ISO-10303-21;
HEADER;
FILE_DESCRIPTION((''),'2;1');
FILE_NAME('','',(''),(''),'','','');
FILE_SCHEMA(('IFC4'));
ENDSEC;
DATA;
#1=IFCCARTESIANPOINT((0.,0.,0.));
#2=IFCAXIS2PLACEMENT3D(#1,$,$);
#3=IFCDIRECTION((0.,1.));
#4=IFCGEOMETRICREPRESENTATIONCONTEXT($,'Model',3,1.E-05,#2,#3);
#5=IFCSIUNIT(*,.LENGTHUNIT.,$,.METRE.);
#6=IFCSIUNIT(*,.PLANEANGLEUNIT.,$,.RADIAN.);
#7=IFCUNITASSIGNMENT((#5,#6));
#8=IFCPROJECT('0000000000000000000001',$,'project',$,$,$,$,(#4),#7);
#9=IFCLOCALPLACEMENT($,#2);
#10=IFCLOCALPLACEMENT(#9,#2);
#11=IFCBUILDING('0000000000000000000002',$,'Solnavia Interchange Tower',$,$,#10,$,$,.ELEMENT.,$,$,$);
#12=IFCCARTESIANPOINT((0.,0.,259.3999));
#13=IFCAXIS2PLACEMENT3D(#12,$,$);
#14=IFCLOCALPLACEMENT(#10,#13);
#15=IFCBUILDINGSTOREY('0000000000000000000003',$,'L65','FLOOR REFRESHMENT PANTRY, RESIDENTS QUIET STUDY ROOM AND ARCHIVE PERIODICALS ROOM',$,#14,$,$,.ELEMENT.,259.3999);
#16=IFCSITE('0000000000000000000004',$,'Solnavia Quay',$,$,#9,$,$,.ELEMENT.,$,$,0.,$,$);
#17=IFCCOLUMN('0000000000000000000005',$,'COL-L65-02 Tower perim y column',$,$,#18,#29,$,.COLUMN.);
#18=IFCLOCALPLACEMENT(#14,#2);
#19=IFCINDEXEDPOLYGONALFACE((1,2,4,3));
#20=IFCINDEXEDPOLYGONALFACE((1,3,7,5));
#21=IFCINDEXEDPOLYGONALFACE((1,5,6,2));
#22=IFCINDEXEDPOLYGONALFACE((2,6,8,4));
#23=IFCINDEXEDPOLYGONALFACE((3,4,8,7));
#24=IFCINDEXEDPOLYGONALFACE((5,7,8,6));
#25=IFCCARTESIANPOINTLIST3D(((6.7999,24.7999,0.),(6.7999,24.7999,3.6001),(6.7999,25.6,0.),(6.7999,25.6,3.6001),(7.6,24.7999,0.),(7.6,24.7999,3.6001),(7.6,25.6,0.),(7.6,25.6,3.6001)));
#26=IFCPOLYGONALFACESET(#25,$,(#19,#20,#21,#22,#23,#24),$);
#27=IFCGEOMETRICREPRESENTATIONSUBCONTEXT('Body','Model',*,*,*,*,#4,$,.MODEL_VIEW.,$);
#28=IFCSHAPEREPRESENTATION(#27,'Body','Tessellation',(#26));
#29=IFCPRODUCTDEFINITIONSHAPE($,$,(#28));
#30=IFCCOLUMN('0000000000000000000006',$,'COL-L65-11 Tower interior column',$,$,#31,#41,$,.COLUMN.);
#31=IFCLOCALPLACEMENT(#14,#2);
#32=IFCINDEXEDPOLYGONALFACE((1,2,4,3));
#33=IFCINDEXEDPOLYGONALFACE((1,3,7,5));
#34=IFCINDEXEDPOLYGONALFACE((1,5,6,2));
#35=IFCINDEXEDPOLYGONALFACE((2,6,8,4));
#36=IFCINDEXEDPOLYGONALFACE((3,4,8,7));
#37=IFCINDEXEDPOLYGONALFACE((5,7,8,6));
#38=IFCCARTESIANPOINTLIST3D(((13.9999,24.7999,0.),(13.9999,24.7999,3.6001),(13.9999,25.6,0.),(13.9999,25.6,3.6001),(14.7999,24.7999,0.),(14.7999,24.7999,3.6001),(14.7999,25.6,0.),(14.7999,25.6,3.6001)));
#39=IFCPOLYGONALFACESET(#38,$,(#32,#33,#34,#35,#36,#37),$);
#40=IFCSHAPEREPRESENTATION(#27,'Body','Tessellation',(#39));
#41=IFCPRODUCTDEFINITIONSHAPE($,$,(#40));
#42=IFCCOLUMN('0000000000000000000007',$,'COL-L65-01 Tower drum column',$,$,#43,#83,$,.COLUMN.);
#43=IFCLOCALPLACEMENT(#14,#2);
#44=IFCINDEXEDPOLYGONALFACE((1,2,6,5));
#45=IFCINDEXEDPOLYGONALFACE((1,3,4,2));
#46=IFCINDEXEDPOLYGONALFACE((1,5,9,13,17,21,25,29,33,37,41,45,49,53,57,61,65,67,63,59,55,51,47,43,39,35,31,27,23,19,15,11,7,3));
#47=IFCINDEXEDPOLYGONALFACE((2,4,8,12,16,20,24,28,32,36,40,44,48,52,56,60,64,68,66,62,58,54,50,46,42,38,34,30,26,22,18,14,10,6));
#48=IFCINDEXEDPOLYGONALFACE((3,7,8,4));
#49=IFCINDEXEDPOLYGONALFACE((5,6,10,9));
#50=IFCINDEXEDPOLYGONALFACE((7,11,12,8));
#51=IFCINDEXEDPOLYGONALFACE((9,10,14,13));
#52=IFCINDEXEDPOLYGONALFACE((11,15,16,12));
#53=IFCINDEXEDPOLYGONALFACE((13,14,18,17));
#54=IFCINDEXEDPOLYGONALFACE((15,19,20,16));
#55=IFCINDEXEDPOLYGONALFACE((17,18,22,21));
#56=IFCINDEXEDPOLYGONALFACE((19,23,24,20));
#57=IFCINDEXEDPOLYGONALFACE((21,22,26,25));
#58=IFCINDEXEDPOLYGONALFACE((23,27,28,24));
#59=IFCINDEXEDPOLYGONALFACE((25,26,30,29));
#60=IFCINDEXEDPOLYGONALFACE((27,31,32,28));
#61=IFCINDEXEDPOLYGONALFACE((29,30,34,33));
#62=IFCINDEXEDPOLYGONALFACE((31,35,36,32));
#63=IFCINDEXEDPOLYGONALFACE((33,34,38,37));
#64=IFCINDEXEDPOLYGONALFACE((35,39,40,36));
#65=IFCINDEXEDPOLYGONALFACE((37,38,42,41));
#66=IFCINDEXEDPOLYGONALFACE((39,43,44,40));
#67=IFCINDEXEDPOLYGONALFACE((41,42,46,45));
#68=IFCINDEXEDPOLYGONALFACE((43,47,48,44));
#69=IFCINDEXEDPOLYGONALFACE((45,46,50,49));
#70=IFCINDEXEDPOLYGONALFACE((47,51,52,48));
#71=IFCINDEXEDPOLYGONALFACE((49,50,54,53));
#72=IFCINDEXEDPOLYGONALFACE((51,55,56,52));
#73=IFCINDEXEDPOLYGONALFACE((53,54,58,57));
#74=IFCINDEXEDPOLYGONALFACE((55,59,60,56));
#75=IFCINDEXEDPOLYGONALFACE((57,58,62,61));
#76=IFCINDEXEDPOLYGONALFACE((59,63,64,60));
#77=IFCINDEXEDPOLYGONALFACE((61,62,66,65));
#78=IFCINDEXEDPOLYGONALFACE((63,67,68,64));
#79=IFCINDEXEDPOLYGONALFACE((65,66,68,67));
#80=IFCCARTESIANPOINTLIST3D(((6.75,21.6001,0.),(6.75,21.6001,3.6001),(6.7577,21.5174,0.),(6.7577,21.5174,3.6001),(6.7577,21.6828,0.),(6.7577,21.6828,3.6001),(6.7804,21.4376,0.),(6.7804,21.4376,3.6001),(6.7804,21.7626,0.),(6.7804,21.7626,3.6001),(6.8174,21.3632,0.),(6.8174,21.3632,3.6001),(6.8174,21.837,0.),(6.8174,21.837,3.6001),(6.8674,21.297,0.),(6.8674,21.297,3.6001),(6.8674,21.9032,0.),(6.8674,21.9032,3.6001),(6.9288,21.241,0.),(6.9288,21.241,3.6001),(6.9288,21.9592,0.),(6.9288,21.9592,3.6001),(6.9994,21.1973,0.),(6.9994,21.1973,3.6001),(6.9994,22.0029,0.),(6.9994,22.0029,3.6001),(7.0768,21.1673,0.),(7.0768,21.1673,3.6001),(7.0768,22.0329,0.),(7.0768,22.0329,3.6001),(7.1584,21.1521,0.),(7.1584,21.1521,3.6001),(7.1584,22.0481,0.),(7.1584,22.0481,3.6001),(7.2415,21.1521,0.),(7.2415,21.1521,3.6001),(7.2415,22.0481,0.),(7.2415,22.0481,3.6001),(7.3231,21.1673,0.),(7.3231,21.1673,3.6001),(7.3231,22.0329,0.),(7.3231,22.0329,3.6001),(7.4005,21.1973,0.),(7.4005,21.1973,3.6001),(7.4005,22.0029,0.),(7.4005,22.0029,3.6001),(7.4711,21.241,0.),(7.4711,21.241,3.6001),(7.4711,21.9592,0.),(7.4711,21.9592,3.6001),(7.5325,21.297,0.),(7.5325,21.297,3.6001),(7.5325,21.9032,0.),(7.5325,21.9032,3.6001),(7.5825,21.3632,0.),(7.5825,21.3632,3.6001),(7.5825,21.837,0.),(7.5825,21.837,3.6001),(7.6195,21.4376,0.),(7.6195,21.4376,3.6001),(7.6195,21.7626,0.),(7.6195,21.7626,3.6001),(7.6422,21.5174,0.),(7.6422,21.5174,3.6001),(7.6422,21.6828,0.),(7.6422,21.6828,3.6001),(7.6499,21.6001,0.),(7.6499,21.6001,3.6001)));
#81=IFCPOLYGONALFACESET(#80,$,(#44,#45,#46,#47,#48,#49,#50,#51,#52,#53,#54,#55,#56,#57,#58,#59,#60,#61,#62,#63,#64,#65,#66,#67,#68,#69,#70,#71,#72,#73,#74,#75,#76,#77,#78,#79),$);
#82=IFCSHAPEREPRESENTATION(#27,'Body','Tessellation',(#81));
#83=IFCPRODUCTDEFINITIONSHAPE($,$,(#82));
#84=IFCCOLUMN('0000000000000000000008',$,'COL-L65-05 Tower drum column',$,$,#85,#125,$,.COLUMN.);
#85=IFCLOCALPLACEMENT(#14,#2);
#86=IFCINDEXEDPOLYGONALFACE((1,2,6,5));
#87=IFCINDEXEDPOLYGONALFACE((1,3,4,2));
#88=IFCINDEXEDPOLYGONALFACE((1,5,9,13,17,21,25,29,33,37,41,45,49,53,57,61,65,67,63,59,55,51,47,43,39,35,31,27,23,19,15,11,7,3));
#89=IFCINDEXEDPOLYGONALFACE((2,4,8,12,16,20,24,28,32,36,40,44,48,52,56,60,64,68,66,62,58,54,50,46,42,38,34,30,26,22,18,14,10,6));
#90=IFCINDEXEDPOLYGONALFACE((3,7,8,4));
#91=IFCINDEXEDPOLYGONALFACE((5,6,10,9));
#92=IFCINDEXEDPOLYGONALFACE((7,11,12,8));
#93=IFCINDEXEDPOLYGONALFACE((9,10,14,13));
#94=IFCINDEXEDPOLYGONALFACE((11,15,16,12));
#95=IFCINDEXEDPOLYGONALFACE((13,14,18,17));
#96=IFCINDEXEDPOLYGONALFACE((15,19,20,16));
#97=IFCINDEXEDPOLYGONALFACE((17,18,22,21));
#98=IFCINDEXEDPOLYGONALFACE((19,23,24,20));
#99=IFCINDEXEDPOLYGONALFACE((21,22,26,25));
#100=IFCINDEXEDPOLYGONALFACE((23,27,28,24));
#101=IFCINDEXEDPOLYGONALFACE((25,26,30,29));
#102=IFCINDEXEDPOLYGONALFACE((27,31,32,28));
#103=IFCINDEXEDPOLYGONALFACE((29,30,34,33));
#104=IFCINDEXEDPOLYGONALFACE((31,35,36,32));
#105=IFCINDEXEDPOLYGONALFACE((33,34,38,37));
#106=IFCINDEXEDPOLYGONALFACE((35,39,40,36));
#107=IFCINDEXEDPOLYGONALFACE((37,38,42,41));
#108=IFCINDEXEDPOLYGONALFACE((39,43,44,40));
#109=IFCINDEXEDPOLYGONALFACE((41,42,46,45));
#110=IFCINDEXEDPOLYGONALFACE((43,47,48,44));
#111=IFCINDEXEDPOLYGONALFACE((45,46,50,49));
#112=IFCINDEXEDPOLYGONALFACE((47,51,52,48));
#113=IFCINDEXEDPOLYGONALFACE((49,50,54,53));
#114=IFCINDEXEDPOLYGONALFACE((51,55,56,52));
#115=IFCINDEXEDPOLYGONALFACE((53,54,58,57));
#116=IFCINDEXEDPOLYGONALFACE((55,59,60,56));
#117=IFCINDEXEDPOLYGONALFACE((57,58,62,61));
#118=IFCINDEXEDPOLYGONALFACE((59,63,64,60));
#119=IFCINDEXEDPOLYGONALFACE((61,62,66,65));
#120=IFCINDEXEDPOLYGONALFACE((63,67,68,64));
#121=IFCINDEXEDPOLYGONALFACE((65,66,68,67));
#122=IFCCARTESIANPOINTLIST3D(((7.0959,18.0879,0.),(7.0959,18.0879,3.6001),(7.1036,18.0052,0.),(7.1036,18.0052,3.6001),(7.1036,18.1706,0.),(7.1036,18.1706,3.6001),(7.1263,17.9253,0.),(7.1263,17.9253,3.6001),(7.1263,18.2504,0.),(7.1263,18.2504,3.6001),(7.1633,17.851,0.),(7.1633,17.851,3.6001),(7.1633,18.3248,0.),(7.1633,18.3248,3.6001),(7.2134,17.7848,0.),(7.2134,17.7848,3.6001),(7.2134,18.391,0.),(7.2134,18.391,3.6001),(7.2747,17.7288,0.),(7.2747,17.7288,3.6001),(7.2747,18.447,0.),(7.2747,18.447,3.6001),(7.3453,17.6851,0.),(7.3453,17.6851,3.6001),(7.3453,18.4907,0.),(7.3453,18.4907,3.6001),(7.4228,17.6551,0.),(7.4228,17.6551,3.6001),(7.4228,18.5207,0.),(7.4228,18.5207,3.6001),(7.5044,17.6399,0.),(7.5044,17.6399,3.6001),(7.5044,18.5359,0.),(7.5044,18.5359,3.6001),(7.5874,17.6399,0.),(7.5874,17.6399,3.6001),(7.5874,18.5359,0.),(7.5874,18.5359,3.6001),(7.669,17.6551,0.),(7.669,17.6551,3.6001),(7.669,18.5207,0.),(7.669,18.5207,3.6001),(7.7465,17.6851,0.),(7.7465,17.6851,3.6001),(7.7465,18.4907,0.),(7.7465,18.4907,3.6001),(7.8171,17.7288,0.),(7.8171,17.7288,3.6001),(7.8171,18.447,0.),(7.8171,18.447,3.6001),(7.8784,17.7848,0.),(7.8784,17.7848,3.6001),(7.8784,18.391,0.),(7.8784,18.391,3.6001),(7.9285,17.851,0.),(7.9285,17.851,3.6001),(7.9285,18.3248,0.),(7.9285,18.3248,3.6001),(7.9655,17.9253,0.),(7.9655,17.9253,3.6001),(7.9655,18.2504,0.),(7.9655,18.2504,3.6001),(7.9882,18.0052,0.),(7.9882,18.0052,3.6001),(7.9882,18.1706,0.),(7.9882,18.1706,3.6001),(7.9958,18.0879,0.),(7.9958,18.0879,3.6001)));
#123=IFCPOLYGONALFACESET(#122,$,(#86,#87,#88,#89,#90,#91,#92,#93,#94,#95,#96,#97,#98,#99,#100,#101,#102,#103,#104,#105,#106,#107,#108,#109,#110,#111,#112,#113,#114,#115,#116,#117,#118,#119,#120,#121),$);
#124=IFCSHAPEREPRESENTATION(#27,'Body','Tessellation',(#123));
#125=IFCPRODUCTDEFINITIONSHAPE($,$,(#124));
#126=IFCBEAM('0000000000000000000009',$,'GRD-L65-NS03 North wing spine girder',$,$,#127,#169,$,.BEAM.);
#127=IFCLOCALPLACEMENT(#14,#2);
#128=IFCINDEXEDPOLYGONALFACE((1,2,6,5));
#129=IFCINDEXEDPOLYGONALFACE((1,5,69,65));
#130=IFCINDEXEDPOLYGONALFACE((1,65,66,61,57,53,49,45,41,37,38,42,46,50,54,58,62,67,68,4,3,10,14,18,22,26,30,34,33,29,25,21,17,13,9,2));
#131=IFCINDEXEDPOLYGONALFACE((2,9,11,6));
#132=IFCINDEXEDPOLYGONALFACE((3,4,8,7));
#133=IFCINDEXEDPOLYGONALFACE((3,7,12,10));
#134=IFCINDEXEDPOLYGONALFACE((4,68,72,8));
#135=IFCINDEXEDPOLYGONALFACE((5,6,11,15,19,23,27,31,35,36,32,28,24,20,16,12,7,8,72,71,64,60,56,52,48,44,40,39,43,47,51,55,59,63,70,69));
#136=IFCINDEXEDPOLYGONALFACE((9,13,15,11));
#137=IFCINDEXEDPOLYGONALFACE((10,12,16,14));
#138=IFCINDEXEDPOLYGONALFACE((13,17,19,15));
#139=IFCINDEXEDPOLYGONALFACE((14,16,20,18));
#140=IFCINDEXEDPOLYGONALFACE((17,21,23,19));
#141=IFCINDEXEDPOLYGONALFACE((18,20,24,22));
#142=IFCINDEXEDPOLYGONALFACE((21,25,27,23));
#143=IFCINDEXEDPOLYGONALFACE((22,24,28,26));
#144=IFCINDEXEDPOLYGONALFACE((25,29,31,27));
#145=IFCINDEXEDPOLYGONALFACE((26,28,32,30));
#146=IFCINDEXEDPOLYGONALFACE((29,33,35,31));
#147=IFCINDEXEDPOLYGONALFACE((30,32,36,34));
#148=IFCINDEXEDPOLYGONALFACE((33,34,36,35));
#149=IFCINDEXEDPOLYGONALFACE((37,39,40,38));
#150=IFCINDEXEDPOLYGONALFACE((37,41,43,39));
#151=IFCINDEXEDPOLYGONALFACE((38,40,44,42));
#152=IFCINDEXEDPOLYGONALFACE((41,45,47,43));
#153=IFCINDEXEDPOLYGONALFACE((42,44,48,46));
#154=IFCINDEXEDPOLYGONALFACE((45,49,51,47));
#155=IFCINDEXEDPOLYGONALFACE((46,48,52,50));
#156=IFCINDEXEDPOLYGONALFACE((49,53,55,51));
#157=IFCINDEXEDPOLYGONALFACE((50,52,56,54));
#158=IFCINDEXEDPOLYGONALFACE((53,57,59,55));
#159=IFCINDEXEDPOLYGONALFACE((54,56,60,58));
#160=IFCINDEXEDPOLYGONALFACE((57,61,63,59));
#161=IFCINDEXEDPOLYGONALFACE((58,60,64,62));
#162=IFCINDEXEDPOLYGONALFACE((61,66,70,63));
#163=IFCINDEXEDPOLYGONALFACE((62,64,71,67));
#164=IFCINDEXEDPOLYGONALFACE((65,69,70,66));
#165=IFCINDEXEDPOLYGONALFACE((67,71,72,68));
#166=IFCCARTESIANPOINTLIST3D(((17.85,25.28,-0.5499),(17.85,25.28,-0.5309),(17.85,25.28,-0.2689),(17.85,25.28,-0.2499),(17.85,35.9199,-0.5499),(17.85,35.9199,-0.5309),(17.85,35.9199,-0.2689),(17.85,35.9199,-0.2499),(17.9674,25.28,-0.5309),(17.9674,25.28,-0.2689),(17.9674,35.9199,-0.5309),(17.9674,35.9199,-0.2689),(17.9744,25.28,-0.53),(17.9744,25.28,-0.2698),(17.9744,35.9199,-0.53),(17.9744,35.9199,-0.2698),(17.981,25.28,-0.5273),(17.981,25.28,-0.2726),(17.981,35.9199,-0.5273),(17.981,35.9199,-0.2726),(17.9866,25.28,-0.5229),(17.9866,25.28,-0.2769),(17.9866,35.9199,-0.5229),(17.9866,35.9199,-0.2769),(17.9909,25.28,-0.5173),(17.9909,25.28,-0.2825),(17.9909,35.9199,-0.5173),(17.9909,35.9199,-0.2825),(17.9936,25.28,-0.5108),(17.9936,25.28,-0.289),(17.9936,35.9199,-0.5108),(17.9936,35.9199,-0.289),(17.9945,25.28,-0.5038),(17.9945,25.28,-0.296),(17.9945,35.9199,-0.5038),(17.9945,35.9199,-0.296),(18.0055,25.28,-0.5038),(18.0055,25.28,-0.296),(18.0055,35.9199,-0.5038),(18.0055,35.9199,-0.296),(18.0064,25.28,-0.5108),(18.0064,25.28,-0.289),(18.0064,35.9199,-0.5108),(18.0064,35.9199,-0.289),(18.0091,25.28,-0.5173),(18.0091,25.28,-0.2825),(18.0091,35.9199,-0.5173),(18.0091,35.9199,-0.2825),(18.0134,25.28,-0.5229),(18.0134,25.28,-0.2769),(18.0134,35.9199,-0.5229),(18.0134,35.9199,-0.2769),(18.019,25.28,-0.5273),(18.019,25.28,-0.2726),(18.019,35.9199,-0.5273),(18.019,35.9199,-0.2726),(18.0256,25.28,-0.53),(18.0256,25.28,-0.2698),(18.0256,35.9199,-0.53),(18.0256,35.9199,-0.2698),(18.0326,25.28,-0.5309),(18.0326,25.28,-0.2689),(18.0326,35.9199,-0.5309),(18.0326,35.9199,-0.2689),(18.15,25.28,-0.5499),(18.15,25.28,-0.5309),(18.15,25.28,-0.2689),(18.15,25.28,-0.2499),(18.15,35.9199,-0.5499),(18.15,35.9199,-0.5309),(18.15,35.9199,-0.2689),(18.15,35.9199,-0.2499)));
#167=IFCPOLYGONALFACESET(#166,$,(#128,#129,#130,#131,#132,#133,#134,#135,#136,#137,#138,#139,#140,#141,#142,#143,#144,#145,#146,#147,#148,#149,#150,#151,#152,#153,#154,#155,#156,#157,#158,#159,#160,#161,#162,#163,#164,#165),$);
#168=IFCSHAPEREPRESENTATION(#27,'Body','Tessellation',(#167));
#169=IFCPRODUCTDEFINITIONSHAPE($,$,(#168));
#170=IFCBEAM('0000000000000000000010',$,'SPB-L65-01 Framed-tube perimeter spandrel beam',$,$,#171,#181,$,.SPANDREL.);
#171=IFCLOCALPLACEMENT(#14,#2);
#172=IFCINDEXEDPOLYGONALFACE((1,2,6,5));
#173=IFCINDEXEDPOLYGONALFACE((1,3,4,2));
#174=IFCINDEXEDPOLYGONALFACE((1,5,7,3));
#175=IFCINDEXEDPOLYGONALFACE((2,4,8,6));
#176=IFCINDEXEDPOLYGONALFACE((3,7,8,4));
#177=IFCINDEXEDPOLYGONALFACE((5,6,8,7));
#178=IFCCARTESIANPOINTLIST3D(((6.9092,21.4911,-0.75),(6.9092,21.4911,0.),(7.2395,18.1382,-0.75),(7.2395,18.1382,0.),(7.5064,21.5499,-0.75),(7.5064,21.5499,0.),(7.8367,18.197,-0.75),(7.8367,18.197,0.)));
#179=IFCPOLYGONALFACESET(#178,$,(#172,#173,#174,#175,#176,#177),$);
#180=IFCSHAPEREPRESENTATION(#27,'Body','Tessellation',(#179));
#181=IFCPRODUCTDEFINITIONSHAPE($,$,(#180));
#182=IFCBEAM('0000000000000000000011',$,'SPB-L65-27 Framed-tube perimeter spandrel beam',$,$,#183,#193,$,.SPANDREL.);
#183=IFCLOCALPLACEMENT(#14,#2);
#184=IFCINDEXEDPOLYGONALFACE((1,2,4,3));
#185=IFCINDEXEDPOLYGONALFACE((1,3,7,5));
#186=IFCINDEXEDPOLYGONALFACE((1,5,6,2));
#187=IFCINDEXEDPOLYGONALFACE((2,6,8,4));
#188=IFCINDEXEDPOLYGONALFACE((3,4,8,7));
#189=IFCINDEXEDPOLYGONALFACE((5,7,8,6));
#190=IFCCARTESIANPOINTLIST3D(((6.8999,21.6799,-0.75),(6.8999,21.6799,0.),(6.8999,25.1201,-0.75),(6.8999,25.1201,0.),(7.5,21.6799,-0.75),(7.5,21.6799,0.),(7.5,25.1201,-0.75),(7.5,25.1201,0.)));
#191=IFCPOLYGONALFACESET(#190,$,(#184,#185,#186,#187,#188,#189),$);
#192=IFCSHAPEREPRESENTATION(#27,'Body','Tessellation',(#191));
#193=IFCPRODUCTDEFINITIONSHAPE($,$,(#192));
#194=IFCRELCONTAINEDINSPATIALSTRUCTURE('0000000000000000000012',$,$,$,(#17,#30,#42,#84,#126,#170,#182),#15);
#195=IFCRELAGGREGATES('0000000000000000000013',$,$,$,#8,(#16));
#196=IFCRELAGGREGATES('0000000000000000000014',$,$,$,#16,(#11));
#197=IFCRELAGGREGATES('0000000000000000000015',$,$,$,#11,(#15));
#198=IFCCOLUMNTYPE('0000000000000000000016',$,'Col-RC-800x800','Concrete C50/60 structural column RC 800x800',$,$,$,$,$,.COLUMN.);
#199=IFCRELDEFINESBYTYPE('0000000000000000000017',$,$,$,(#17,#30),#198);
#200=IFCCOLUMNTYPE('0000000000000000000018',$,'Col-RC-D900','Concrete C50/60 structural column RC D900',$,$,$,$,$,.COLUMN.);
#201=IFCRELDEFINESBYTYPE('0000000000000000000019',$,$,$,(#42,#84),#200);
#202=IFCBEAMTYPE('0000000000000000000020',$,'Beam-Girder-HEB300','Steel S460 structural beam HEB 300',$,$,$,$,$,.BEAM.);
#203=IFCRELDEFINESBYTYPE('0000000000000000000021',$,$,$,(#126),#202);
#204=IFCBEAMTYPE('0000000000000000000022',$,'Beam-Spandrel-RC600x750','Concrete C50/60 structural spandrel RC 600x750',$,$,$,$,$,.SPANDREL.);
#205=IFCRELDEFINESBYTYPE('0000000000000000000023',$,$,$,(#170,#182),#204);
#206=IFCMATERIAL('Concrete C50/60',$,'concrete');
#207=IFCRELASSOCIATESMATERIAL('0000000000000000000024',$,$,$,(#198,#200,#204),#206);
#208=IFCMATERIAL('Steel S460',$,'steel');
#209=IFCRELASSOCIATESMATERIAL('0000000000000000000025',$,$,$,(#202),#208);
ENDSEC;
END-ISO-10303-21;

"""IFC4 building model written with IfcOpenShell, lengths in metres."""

from ifc_helpers import new_model, si_unit, direction, frame, origin, origin_2d, place, context, subcontext, project, spatial, rectangle, circle, i_section, extrude, material, material_profile, profile_set, type_object, element, save


model = new_model("IFC4")

# Units and contexts
model_context = context("Model", 3, precision=1e-05, world=origin(), true_north=direction((0.0, 1.0)))
body_context = subcontext(model_context, "Body", "Model", "MODEL_VIEW")
ifc_project = project(units=[si_unit("LENGTHUNIT", "METRE"), si_unit("PLANEANGLEUNIT", "RADIAN")], contexts=[model_context])

# Site, building, storey
site_placement = place(None, origin())
site = spatial("IfcSite", under=ifc_project, at=site_placement, Name="Solnavia Quay", CompositionType="ELEMENT", RefElevation=0.0)
building_placement = place(site_placement, origin())
building = spatial("IfcBuilding", under=site, at=building_placement, Name="Solnavia Interchange Tower", CompositionType="ELEMENT")
storey_placement = place(building_placement, frame((0.0, 0.0, 259.3999)))
storey = spatial("IfcBuildingStorey", under=building, at=storey_placement, Name="L65", Description="FLOOR REFRESHMENT PANTRY, RESIDENTS QUIET STUDY ROOM AND ARCHIVE PERIODICALS ROOM", CompositionType="ELEMENT", Elevation=259.3999)

# Columns
ifc_material_1 = material(Name="Concrete C50/60", Category="concrete")
ifc_material_profile_1 = material_profile(ifc_material_1, rectangle(XDim=0.8, YDim=0.8, at=origin_2d()), Name="RC 800x800")
ifc_profile_set_1 = profile_set([ifc_material_profile_1], Name="Concrete C50/60")
column_type_1 = type_object("IfcColumnType", Name="Col-RC-800x800", Description="Concrete C50/60 structural column RC 800x800", PredefinedType="COLUMN", material=ifc_profile_set_1)
for number, where, z_axis, x_axis, name in (
    (1, (7.2, 25.2, 0.0), (0.0, 0.0, 1.0), (0.0, 1.0, 0.0), "COL-L65-02 Tower perim y column"),
    (2, (14.3999, 25.2, 0.0), (0.0, 0.0, 1.0), (1.0, 0.0, 0.0), "COL-L65-11 Tower interior column"),
):
    element("IfcColumn", number, at=place(storey_placement, frame(where, z_axis=z_axis, x_axis=x_axis)), inside=storey, type_object=column_type_1, Name=name, PredefinedType="COLUMN", context=body_context, shape_type="SweptSolid", body=[
        extrude(rectangle(XDim=0.8, YDim=0.8, at=origin_2d()), origin(), (0.0, 0.0, 1.0), 3.6001),
    ])
ifc_material_profile_2 = material_profile(ifc_material_1, circle(Radius=0.45, at=origin_2d()), Name="RC D900")
ifc_profile_set_2 = profile_set([ifc_material_profile_2], Name="Concrete C50/60")
column_type_2 = type_object("IfcColumnType", Name="Col-RC-D900", Description="Concrete C50/60 structural column RC D900", PredefinedType="COLUMN", material=ifc_profile_set_2)
for number, where, z_axis, x_axis, name in (
    (3, (7.2, 21.6001, 0.0), (0.0, 0.0, 1.0), (1.0, 0.0, 0.0), "COL-L65-01 Tower drum column"),
    (4, (7.5459, 18.0879, 0.0), (0.0, 0.0, 1.0), (1.0, 0.0, 0.0), "COL-L65-05 Tower drum column"),
):
    element("IfcColumn", number, at=place(storey_placement, frame(where, z_axis=z_axis, x_axis=x_axis)), inside=storey, type_object=column_type_2, Name=name, PredefinedType="COLUMN", context=body_context, shape_type="SweptSolid", body=[
        extrude(circle(Radius=0.45, at=origin_2d()), origin(), (0.0, 0.0, 1.0), 3.6001),
    ])

# Beams
ifc_material_2 = material(Name="Steel S460", Category="steel")
ifc_material_profile_3 = material_profile(ifc_material_2, i_section(OverallWidth=0.3, OverallDepth=0.3, WebThickness=0.011, FlangeThickness=0.019, FilletRadius=0.0271, at=origin_2d()), Name="HEB 300")
ifc_profile_set_3 = profile_set([ifc_material_profile_3], Name="Steel S460")
beam_type_1 = type_object("IfcBeamType", Name="Beam-Girder-HEB300", Description="Steel S460 structural beam HEB 300", PredefinedType="BEAM", material=ifc_profile_set_3)
beam_1_placement = place(storey_placement, frame((18.0, 25.28, -0.3999), z_axis=(0.0, 1.0, 0.0), x_axis=(-1.0, 0.0, 0.0)))
element("IfcBeam", 5, at=beam_1_placement, inside=storey, type_object=beam_type_1, Name="GRD-L65-NS03 North wing spine girder", PredefinedType="BEAM", context=body_context, shape_type="SweptSolid", body=[
    extrude(i_section(OverallWidth=0.3, OverallDepth=0.3, WebThickness=0.011, FlangeThickness=0.019, FilletRadius=0.0271, at=origin_2d()), origin(), (0.0, 0.0, 1.0), 10.6399),
])
ifc_material_profile_4 = material_profile(ifc_material_1, rectangle(XDim=0.6001, YDim=0.75, at=origin_2d()), Name="RC 600x750")
ifc_profile_set_4 = profile_set([ifc_material_profile_4], Name="Concrete C50/60")
beam_type_2 = type_object("IfcBeamType", Name="Beam-Spandrel-RC600x750", Description="Concrete C50/60 structural spandrel RC 600x750", PredefinedType="SPANDREL", material=ifc_profile_set_4)
beam_2_placement = place(storey_placement, frame((7.2078, 21.5205, -0.375), z_axis=(0.09804, -0.995182, 0.0), x_axis=(0.995182, 0.09804, 0.0)))
element("IfcBeam", 6, at=beam_2_placement, inside=storey, type_object=beam_type_2, Name="SPB-L65-01 Framed-tube perimeter spandrel beam", PredefinedType="SPANDREL", context=body_context, shape_type="SweptSolid", body=[
    extrude(rectangle(XDim=0.6001, YDim=0.75, at=origin_2d()), origin(), (0.0, 0.0, 1.0), 3.3691),
])
beam_3_placement = place(storey_placement, frame((7.2, 25.1201, -0.375), z_axis=(0.0, -1.0, 0.0), x_axis=(1.0, 0.0, 0.0)))
element("IfcBeam", 7, at=beam_3_placement, inside=storey, type_object=beam_type_2, Name="SPB-L65-27 Framed-tube perimeter spandrel beam", PredefinedType="SPANDREL", context=body_context, shape_type="SweptSolid", body=[
    extrude(rectangle(XDim=0.6001, YDim=0.75, at=origin_2d()), origin(), (0.0, 0.0, 1.0), 3.4402),
])

save(model, "model.ifc")
